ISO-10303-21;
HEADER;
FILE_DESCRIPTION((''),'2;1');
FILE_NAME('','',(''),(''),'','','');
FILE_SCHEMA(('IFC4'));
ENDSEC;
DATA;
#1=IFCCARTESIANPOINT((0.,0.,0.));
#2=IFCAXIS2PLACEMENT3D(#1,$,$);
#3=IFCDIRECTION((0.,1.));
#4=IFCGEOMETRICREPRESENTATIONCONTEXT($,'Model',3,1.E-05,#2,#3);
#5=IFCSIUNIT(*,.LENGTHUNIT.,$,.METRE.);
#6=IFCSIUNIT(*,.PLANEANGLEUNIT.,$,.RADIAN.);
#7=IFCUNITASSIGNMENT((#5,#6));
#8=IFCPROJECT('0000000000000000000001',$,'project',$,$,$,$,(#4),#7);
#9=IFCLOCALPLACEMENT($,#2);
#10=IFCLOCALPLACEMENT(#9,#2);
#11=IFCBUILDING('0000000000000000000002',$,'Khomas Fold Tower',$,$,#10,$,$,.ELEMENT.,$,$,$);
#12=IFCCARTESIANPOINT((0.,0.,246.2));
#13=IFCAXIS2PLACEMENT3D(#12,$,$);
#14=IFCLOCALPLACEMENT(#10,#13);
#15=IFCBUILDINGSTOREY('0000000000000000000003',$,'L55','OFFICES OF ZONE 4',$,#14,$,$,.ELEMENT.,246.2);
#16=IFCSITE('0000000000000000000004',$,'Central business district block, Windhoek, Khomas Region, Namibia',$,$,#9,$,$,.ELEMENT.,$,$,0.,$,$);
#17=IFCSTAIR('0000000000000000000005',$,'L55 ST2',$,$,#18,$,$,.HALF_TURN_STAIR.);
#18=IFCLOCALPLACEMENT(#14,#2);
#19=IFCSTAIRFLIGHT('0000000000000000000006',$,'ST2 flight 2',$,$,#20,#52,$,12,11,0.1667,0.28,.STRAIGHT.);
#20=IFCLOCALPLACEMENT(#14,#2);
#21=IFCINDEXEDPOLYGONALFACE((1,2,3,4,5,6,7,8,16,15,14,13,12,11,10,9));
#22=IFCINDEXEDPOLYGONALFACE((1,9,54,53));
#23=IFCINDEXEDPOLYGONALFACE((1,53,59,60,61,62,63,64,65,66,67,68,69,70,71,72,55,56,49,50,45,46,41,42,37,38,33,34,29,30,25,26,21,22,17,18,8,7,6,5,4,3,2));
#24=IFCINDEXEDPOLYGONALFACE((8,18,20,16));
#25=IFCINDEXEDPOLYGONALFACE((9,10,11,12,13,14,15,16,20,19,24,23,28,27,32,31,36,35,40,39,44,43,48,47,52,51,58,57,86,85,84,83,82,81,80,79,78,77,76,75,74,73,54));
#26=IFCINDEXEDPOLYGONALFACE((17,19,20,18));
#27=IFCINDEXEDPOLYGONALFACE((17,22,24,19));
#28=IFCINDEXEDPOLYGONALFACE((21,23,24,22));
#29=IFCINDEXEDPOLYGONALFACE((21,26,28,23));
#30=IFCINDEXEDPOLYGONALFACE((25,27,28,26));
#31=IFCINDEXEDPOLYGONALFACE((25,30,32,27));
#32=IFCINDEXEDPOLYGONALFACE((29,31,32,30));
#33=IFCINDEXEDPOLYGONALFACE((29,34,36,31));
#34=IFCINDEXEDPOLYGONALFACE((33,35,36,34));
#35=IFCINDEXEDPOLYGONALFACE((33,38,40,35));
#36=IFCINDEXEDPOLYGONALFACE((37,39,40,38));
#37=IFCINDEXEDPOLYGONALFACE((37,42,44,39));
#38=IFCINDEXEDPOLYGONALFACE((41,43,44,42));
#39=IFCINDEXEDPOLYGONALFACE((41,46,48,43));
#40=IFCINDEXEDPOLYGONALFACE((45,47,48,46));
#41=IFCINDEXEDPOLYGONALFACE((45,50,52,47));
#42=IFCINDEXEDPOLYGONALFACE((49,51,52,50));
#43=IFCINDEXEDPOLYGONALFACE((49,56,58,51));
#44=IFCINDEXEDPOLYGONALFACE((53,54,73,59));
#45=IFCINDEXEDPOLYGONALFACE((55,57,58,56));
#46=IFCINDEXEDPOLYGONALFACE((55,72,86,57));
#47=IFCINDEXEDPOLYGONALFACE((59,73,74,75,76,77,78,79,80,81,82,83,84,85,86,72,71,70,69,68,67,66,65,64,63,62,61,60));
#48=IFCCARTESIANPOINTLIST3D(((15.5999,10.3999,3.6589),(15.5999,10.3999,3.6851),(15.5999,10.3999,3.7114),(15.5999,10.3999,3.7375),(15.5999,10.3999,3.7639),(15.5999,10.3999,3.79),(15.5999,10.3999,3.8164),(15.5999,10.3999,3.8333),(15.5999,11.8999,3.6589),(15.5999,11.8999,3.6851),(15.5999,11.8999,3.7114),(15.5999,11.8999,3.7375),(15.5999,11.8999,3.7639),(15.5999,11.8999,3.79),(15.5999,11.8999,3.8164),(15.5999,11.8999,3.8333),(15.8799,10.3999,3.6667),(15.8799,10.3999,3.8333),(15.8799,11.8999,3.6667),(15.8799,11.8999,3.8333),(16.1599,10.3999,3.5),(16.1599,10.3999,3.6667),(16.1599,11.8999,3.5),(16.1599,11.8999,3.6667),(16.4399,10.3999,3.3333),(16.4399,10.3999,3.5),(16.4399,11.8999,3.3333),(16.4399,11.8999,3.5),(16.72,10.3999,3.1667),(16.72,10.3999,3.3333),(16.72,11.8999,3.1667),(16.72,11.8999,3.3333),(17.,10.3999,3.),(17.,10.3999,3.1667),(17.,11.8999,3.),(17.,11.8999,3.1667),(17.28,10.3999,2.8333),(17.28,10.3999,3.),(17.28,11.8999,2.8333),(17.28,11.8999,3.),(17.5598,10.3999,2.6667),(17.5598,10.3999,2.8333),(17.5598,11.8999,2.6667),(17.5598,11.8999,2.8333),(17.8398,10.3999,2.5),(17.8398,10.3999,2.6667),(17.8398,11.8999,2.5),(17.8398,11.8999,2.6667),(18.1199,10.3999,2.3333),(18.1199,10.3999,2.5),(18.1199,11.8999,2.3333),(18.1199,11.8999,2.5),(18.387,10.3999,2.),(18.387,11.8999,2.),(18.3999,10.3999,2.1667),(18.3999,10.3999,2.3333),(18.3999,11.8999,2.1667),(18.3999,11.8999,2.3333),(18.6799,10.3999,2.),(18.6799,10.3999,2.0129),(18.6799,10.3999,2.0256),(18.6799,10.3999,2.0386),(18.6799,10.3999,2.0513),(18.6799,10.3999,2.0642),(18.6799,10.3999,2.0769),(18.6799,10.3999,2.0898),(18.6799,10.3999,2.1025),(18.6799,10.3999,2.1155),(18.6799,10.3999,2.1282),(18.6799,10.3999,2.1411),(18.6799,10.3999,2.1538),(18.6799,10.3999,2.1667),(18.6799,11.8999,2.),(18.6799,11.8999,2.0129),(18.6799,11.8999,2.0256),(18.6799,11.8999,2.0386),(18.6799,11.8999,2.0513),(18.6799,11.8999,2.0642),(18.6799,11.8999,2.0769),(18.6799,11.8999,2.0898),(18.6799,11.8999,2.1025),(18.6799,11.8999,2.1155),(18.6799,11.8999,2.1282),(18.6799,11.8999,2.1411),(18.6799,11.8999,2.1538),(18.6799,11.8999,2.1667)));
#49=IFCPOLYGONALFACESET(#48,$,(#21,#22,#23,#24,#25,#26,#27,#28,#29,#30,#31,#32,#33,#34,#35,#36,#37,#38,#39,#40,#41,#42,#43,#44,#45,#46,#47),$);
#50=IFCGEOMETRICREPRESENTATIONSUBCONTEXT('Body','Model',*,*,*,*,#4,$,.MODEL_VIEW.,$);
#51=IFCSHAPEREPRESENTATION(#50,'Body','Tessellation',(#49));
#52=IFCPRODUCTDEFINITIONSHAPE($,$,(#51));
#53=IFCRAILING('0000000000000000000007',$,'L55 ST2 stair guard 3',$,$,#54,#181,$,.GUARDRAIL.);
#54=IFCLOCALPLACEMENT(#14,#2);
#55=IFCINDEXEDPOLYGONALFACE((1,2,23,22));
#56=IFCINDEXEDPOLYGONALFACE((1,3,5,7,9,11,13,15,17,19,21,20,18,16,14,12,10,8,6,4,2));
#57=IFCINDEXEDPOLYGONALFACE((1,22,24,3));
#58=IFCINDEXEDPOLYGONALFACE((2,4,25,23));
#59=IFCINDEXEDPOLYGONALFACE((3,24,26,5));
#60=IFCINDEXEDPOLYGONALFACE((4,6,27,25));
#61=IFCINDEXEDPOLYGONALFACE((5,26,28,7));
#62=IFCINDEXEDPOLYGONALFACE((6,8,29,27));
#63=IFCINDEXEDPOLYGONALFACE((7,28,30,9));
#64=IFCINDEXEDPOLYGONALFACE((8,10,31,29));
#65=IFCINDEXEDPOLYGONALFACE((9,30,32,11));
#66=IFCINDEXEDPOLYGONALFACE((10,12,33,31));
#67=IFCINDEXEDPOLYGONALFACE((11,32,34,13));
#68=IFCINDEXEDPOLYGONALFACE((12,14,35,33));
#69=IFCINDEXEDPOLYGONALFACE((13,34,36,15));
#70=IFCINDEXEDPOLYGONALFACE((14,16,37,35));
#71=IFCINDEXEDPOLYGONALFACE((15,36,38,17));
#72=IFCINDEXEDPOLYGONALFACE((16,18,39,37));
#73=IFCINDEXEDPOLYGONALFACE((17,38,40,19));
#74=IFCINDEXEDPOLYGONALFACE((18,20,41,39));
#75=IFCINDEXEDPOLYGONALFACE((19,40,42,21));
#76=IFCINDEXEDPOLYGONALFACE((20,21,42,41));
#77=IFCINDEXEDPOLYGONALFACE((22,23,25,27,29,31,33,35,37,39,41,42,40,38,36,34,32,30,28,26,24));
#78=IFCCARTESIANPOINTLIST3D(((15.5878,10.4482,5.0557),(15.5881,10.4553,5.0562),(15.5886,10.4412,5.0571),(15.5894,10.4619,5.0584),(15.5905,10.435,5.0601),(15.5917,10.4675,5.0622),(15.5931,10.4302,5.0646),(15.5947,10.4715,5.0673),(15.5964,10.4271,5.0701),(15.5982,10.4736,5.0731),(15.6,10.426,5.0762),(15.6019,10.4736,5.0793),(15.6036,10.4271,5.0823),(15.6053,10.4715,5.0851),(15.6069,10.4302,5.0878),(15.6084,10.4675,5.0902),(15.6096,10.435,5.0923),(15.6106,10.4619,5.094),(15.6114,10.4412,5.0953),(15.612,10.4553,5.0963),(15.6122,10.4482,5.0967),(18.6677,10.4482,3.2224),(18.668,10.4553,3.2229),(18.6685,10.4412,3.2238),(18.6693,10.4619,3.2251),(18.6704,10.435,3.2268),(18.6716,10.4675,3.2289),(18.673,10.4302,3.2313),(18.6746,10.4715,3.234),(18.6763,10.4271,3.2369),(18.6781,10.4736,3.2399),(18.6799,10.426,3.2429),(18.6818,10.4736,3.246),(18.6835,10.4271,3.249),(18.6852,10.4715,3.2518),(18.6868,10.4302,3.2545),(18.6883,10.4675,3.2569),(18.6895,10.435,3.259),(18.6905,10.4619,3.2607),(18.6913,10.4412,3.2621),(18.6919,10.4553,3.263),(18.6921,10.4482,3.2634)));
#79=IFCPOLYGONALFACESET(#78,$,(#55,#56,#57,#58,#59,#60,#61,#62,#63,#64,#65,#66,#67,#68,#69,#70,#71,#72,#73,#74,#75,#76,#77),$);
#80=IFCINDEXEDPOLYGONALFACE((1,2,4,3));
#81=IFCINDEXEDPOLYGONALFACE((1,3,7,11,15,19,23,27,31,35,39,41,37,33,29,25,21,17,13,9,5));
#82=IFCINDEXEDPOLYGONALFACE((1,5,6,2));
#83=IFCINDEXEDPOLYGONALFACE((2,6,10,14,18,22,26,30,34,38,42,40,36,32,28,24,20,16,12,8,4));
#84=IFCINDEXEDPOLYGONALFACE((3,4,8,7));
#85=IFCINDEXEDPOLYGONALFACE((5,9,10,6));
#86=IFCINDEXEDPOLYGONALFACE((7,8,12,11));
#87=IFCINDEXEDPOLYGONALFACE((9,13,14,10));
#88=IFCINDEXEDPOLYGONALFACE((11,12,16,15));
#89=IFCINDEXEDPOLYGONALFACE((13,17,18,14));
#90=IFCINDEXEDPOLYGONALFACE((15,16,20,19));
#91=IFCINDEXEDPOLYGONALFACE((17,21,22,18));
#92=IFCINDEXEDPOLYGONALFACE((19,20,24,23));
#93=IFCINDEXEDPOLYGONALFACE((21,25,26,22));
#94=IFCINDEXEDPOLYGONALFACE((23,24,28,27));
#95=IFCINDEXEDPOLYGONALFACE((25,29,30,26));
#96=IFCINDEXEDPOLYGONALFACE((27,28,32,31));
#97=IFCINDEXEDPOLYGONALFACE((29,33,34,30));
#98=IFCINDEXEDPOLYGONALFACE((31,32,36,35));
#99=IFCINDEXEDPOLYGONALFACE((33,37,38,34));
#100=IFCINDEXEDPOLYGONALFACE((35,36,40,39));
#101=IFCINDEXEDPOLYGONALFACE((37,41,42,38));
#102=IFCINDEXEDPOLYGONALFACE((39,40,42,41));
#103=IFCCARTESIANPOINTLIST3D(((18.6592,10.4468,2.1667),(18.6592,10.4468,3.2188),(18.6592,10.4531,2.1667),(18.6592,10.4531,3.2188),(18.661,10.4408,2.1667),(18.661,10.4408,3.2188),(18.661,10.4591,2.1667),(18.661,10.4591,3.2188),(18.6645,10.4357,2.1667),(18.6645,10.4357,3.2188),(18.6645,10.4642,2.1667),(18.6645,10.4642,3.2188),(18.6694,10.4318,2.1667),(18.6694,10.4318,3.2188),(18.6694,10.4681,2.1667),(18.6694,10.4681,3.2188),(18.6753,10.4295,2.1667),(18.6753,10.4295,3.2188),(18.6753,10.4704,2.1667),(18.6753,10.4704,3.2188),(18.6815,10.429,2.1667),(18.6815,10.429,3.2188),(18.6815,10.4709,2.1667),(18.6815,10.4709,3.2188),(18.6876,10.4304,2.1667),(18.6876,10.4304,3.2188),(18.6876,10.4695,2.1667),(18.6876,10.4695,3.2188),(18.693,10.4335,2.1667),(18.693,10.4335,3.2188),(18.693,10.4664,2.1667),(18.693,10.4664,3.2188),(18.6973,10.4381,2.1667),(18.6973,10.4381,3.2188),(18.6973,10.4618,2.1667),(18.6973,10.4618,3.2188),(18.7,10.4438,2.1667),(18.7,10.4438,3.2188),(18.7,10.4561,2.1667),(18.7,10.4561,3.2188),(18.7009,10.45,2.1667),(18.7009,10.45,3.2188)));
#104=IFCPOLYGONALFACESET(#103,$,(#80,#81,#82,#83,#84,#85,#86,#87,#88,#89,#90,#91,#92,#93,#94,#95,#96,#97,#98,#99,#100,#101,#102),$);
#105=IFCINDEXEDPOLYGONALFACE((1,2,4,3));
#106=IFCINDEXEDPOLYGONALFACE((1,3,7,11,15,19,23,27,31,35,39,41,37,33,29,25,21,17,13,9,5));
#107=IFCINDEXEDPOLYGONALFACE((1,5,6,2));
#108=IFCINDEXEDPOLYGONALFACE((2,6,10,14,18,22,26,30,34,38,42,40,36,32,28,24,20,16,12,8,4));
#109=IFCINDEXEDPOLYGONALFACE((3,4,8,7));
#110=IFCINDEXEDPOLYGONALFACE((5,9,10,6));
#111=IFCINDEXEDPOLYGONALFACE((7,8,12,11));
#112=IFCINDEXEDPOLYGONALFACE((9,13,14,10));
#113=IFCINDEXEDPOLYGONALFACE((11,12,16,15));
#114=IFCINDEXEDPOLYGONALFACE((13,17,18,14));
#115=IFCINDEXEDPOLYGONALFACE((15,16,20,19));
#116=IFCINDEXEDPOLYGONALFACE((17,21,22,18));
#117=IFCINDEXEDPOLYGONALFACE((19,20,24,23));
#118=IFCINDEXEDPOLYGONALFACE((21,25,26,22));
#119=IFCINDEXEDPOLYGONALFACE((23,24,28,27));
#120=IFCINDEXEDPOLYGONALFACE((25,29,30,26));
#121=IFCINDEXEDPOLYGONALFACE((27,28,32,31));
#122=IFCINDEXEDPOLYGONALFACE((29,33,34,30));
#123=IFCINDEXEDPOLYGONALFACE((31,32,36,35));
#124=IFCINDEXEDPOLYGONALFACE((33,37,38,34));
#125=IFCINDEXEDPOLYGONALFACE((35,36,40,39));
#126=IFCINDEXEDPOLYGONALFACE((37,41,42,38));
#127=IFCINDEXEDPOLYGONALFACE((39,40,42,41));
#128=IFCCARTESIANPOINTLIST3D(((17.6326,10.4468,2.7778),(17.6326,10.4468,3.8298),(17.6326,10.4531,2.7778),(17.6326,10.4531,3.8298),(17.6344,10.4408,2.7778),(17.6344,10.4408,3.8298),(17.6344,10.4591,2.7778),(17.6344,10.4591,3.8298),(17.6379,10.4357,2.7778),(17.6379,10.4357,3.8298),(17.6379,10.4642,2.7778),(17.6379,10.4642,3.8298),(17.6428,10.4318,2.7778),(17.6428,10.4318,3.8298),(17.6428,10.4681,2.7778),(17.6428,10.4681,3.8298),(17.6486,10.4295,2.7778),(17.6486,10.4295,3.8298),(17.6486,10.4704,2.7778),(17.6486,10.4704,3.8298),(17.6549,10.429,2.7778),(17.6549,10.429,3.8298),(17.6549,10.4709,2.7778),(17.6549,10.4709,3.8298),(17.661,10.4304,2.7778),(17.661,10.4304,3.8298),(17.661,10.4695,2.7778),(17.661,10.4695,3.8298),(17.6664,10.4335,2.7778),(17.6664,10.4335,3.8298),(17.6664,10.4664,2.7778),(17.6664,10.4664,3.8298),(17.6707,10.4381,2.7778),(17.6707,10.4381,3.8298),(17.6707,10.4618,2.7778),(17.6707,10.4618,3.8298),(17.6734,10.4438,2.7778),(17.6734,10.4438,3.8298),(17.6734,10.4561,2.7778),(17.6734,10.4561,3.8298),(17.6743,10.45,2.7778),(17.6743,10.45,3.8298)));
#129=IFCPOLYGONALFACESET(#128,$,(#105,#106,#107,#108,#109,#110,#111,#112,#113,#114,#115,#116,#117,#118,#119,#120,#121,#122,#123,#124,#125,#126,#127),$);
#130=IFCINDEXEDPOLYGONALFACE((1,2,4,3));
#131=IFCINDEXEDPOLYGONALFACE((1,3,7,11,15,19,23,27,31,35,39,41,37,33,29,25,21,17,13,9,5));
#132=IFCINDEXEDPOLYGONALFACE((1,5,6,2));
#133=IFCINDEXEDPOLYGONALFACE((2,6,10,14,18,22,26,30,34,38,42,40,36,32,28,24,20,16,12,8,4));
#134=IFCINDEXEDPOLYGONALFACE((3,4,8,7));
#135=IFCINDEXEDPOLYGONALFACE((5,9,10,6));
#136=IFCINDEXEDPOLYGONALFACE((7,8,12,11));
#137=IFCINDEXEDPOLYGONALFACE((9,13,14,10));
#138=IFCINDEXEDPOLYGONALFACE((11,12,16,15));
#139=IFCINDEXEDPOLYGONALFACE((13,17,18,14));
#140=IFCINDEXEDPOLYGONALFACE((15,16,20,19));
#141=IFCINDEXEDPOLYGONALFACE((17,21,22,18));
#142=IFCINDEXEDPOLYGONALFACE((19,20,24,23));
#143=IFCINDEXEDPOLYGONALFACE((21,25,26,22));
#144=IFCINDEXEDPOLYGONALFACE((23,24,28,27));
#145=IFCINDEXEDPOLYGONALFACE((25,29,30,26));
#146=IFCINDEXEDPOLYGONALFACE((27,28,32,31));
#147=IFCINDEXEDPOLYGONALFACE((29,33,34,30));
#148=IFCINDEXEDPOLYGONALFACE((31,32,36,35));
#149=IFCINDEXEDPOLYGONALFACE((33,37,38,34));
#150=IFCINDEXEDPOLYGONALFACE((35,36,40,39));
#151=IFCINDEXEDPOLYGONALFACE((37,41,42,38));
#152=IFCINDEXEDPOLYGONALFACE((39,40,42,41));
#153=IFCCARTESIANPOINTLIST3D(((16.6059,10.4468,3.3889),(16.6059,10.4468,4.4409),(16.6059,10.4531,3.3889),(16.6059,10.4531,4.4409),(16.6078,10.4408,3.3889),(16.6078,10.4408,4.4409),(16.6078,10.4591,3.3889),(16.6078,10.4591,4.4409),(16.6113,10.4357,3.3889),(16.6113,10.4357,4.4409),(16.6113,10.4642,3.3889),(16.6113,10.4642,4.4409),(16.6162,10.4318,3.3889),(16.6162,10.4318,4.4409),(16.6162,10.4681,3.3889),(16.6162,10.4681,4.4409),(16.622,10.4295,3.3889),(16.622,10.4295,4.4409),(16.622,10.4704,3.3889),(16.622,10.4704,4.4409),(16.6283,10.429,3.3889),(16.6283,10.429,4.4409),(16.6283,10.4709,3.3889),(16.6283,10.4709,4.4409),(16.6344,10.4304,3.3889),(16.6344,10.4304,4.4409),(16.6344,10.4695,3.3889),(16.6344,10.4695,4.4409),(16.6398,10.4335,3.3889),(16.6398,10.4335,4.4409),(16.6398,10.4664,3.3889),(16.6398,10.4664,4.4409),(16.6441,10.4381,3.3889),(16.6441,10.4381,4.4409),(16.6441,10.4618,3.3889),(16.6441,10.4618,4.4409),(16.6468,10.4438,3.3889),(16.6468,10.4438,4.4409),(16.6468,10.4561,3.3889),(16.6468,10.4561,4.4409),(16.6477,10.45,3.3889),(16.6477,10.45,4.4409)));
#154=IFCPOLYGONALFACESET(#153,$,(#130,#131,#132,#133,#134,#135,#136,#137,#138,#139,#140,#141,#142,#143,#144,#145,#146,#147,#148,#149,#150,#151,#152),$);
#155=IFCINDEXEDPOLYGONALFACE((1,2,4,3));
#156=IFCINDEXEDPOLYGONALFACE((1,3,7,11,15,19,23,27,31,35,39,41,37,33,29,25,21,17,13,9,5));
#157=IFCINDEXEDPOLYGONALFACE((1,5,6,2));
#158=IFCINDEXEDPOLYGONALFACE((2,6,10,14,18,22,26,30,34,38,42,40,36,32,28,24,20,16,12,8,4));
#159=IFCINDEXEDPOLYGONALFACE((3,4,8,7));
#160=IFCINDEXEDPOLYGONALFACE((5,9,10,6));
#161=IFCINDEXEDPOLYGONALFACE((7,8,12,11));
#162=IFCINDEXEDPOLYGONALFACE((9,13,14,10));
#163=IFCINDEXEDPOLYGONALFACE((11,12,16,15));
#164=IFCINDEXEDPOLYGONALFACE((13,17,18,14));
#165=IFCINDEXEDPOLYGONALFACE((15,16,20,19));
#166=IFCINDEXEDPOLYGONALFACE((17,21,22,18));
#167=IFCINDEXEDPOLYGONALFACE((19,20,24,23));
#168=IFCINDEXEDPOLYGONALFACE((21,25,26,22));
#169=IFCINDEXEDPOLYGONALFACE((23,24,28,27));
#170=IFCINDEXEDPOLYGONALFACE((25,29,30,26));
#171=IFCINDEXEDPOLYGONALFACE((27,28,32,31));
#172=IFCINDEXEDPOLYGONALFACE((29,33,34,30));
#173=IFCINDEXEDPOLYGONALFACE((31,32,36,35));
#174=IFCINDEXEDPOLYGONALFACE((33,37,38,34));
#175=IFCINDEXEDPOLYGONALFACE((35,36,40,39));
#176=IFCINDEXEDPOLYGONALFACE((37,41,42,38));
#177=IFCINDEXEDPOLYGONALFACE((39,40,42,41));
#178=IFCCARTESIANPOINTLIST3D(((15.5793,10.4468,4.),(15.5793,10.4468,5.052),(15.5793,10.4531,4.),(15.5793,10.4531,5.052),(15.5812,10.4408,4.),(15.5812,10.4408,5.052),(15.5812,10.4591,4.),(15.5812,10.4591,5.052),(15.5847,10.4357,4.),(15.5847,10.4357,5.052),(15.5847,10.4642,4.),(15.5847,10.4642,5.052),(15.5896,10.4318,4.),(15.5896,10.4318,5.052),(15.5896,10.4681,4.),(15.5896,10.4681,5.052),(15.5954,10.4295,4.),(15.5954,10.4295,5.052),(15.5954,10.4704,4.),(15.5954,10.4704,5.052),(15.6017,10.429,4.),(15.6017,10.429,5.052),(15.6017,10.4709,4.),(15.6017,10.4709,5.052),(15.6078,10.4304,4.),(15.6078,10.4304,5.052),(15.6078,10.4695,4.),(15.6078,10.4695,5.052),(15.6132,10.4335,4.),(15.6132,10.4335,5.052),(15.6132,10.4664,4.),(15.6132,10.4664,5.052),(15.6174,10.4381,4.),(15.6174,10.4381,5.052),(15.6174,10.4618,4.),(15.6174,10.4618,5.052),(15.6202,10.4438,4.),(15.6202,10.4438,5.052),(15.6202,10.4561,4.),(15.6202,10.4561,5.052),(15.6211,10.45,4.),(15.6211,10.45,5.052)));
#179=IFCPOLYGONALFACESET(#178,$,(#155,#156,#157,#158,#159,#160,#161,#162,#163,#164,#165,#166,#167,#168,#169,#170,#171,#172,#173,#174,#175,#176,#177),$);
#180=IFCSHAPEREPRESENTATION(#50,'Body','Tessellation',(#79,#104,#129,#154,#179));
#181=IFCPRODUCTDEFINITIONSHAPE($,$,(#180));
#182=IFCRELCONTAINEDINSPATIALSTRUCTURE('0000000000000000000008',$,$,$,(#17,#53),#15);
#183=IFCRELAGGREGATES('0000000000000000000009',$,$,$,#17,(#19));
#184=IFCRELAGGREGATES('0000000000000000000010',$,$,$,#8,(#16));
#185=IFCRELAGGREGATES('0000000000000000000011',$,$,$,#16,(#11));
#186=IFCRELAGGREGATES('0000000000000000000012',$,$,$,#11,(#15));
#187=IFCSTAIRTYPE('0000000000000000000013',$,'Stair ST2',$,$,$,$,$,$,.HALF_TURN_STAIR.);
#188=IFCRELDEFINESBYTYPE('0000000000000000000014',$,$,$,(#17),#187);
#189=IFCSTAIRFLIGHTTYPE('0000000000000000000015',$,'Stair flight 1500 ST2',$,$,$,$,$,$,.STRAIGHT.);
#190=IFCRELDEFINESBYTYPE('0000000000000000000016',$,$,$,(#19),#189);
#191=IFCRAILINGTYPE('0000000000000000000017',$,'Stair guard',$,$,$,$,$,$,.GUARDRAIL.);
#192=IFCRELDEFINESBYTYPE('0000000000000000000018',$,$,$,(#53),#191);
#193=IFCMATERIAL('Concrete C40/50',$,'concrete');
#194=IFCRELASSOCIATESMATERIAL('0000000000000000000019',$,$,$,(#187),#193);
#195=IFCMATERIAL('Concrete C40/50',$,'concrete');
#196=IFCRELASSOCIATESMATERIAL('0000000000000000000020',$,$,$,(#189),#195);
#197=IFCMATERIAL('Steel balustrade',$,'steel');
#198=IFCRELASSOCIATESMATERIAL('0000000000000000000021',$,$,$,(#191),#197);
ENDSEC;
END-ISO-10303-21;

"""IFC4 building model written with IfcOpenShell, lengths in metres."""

from ifc_helpers import new_model, si_unit, direction, frame, origin, origin_2d, place, context, subcontext, project, spatial, polyline, circle, outline, extrude, source, transform, mapped, material, type_object, element, aggregate, save


model = new_model("IFC4")

# Units and contexts
model_context = context("Model", 3, precision=1e-05, world=origin(), true_north=direction((0.0, 1.0)))
body_context = subcontext(model_context, "Body", "Model", "MODEL_VIEW")
ifc_project = project(units=[si_unit("LENGTHUNIT", "METRE"), si_unit("PLANEANGLEUNIT", "RADIAN")], contexts=[model_context])

# Site, building, storey
site_placement = place(None, origin())
site = spatial("IfcSite", under=ifc_project, at=site_placement, Name="Central business district block, Windhoek, Khomas Region, Namibia", CompositionType="ELEMENT", RefElevation=0.0)
building_placement = place(site_placement, origin())
building = spatial("IfcBuilding", under=site, at=building_placement, Name="Khomas Fold Tower", CompositionType="ELEMENT")
storey_placement = place(building_placement, frame((0.0, 0.0, 246.2)))
storey = spatial("IfcBuildingStorey", under=building, at=storey_placement, Name="L55", Description="OFFICES OF ZONE 4", CompositionType="ELEMENT", Elevation=246.2)

# Stair, stair flight
ifc_material_1 = material(Name="Concrete C40/50", Category="concrete")
stair_type = type_object("IfcStairType", Name="Stair ST2", PredefinedType="HALF_TURN_STAIR", material=ifc_material_1)
stair_placement = place(storey_placement, origin())
stair = element("IfcStair", 1, at=stair_placement, inside=storey, type_object=stair_type, Name="L55 ST2", PredefinedType="HALF_TURN_STAIR")
ifc_material_2 = material(Name="Concrete C40/50", Category="concrete")
stair_flight_type = type_object("IfcStairFlightType", Name="Stair flight 1500 ST2", PredefinedType="STRAIGHT", material=ifc_material_2)
shared_shape_1 = source(origin(), body_context, "Body", "SweptSolid", [
    extrude(outline(polyline([(0.0, 0.0), (0.0, 0.0129), (0.0, 0.0256), (0.0, 0.0386), (0.0, 0.0513), (0.0, 0.0642), (0.0, 0.0769), (0.0, 0.0898), (0.0, 0.1025), (0.0, 0.1155), (0.0, 0.1282), (0.0, 0.1411), (0.0, 0.1538), (0.0, 0.1667), (0.28, 0.1667), (0.28, 0.3333), (0.5601, 0.3333), (0.5601, 0.5), (0.8401, 0.5), (0.8401, 0.6667), (1.1201, 0.6667), (1.1201, 0.8333), (1.3999, 0.8333), (1.3999, 1.0), (1.6799, 1.0), (1.6799, 1.1667), (1.96, 1.1667), (1.96, 1.3333), (2.24, 1.3333), (2.24, 1.5), (2.52, 1.5), (2.52, 1.6667), (2.8, 1.6667), (2.8, 1.8333), (3.0801, 1.8333), (3.0801, 2.0), (3.0801, 1.9739), (3.0801, 1.9475), (3.0801, 1.9214), (3.0801, 1.895), (3.0801, 1.8689), (3.0801, 1.8425), (3.0801, 1.8164), (3.0801, 1.79), (3.0801, 1.7639), (3.0801, 1.7375), (3.0801, 1.7114), (3.0801, 1.6851), (3.0801, 1.6589), (0.293, 0.0), (0.0, 0.0)])), frame((0.0, 0.75, 0.0), z_axis=(0.0, -1.0, 0.0), x_axis=(1.0, 0.0, 0.0)), (0.0, 0.0, 1.0), 1.5),
])
stair_flight_placement = place(storey_placement, frame((18.6799, 11.1499, 2.0), z_axis=(0.0, 0.0, 1.0), x_axis=(-1.0, 0.0, 0.0)))
stair_flight = element("IfcStairFlight", 2, at=stair_flight_placement, type_object=stair_flight_type, Name="ST2 flight 2", NumberOfRisers=12, NumberOfTreads=11, PredefinedType="STRAIGHT", RiserHeight=0.1667, TreadLength=0.28, context=body_context, shape_type="MappedRepresentation", body=[
    mapped(shared_shape_1, transform((0.0, 0.0, 0.0))),
])
aggregate(stair, [stair_flight])

# Railing
ifc_material_3 = material(Name="Steel balustrade", Category="steel")
railing_type_1 = type_object("IfcRailingType", Name="Stair guard", PredefinedType="GUARDRAIL", material=ifc_material_3)
shared_shape_2 = source(origin(), body_context, "Body", "SweptSolid", [
    extrude(circle(Radius=0.0239, at=origin_2d()), frame((0.0, 0.0, 1.0762), z_axis=(-0.859291, 0.0, 0.511487), x_axis=(0.0, -1.0, 0.0)), (0.0, 0.0, 1.0), 3.5842),
    extrude(circle(Radius=0.021, at=origin_2d()), origin(), (0.0, 0.0, 1.0), 1.052),
    extrude(circle(Radius=0.021, at=origin_2d()), frame((-1.0266, 0.0, 0.6111)), (0.0, 0.0, 1.0), 1.052),
    extrude(circle(Radius=0.021, at=origin_2d()), frame((-2.0532, 0.0, 1.2222)), (0.0, 0.0, 1.0), 1.052),
    extrude(circle(Radius=0.021, at=origin_2d()), frame((-3.0798, 0.0, 1.8333)), (0.0, 0.0, 1.0), 1.052),
])
railing_1_placement = place(storey_placement, frame((18.6799, 10.45, 2.1667)))
element("IfcRailing", 3, at=railing_1_placement, inside=storey, type_object=railing_type_1, Name="L55 ST2 stair guard 3", PredefinedType="GUARDRAIL", context=body_context, shape_type="MappedRepresentation", body=[
    mapped(shared_shape_2, transform((0.0, 0.0, 0.0))),
])

save(model, "model.ifc")
